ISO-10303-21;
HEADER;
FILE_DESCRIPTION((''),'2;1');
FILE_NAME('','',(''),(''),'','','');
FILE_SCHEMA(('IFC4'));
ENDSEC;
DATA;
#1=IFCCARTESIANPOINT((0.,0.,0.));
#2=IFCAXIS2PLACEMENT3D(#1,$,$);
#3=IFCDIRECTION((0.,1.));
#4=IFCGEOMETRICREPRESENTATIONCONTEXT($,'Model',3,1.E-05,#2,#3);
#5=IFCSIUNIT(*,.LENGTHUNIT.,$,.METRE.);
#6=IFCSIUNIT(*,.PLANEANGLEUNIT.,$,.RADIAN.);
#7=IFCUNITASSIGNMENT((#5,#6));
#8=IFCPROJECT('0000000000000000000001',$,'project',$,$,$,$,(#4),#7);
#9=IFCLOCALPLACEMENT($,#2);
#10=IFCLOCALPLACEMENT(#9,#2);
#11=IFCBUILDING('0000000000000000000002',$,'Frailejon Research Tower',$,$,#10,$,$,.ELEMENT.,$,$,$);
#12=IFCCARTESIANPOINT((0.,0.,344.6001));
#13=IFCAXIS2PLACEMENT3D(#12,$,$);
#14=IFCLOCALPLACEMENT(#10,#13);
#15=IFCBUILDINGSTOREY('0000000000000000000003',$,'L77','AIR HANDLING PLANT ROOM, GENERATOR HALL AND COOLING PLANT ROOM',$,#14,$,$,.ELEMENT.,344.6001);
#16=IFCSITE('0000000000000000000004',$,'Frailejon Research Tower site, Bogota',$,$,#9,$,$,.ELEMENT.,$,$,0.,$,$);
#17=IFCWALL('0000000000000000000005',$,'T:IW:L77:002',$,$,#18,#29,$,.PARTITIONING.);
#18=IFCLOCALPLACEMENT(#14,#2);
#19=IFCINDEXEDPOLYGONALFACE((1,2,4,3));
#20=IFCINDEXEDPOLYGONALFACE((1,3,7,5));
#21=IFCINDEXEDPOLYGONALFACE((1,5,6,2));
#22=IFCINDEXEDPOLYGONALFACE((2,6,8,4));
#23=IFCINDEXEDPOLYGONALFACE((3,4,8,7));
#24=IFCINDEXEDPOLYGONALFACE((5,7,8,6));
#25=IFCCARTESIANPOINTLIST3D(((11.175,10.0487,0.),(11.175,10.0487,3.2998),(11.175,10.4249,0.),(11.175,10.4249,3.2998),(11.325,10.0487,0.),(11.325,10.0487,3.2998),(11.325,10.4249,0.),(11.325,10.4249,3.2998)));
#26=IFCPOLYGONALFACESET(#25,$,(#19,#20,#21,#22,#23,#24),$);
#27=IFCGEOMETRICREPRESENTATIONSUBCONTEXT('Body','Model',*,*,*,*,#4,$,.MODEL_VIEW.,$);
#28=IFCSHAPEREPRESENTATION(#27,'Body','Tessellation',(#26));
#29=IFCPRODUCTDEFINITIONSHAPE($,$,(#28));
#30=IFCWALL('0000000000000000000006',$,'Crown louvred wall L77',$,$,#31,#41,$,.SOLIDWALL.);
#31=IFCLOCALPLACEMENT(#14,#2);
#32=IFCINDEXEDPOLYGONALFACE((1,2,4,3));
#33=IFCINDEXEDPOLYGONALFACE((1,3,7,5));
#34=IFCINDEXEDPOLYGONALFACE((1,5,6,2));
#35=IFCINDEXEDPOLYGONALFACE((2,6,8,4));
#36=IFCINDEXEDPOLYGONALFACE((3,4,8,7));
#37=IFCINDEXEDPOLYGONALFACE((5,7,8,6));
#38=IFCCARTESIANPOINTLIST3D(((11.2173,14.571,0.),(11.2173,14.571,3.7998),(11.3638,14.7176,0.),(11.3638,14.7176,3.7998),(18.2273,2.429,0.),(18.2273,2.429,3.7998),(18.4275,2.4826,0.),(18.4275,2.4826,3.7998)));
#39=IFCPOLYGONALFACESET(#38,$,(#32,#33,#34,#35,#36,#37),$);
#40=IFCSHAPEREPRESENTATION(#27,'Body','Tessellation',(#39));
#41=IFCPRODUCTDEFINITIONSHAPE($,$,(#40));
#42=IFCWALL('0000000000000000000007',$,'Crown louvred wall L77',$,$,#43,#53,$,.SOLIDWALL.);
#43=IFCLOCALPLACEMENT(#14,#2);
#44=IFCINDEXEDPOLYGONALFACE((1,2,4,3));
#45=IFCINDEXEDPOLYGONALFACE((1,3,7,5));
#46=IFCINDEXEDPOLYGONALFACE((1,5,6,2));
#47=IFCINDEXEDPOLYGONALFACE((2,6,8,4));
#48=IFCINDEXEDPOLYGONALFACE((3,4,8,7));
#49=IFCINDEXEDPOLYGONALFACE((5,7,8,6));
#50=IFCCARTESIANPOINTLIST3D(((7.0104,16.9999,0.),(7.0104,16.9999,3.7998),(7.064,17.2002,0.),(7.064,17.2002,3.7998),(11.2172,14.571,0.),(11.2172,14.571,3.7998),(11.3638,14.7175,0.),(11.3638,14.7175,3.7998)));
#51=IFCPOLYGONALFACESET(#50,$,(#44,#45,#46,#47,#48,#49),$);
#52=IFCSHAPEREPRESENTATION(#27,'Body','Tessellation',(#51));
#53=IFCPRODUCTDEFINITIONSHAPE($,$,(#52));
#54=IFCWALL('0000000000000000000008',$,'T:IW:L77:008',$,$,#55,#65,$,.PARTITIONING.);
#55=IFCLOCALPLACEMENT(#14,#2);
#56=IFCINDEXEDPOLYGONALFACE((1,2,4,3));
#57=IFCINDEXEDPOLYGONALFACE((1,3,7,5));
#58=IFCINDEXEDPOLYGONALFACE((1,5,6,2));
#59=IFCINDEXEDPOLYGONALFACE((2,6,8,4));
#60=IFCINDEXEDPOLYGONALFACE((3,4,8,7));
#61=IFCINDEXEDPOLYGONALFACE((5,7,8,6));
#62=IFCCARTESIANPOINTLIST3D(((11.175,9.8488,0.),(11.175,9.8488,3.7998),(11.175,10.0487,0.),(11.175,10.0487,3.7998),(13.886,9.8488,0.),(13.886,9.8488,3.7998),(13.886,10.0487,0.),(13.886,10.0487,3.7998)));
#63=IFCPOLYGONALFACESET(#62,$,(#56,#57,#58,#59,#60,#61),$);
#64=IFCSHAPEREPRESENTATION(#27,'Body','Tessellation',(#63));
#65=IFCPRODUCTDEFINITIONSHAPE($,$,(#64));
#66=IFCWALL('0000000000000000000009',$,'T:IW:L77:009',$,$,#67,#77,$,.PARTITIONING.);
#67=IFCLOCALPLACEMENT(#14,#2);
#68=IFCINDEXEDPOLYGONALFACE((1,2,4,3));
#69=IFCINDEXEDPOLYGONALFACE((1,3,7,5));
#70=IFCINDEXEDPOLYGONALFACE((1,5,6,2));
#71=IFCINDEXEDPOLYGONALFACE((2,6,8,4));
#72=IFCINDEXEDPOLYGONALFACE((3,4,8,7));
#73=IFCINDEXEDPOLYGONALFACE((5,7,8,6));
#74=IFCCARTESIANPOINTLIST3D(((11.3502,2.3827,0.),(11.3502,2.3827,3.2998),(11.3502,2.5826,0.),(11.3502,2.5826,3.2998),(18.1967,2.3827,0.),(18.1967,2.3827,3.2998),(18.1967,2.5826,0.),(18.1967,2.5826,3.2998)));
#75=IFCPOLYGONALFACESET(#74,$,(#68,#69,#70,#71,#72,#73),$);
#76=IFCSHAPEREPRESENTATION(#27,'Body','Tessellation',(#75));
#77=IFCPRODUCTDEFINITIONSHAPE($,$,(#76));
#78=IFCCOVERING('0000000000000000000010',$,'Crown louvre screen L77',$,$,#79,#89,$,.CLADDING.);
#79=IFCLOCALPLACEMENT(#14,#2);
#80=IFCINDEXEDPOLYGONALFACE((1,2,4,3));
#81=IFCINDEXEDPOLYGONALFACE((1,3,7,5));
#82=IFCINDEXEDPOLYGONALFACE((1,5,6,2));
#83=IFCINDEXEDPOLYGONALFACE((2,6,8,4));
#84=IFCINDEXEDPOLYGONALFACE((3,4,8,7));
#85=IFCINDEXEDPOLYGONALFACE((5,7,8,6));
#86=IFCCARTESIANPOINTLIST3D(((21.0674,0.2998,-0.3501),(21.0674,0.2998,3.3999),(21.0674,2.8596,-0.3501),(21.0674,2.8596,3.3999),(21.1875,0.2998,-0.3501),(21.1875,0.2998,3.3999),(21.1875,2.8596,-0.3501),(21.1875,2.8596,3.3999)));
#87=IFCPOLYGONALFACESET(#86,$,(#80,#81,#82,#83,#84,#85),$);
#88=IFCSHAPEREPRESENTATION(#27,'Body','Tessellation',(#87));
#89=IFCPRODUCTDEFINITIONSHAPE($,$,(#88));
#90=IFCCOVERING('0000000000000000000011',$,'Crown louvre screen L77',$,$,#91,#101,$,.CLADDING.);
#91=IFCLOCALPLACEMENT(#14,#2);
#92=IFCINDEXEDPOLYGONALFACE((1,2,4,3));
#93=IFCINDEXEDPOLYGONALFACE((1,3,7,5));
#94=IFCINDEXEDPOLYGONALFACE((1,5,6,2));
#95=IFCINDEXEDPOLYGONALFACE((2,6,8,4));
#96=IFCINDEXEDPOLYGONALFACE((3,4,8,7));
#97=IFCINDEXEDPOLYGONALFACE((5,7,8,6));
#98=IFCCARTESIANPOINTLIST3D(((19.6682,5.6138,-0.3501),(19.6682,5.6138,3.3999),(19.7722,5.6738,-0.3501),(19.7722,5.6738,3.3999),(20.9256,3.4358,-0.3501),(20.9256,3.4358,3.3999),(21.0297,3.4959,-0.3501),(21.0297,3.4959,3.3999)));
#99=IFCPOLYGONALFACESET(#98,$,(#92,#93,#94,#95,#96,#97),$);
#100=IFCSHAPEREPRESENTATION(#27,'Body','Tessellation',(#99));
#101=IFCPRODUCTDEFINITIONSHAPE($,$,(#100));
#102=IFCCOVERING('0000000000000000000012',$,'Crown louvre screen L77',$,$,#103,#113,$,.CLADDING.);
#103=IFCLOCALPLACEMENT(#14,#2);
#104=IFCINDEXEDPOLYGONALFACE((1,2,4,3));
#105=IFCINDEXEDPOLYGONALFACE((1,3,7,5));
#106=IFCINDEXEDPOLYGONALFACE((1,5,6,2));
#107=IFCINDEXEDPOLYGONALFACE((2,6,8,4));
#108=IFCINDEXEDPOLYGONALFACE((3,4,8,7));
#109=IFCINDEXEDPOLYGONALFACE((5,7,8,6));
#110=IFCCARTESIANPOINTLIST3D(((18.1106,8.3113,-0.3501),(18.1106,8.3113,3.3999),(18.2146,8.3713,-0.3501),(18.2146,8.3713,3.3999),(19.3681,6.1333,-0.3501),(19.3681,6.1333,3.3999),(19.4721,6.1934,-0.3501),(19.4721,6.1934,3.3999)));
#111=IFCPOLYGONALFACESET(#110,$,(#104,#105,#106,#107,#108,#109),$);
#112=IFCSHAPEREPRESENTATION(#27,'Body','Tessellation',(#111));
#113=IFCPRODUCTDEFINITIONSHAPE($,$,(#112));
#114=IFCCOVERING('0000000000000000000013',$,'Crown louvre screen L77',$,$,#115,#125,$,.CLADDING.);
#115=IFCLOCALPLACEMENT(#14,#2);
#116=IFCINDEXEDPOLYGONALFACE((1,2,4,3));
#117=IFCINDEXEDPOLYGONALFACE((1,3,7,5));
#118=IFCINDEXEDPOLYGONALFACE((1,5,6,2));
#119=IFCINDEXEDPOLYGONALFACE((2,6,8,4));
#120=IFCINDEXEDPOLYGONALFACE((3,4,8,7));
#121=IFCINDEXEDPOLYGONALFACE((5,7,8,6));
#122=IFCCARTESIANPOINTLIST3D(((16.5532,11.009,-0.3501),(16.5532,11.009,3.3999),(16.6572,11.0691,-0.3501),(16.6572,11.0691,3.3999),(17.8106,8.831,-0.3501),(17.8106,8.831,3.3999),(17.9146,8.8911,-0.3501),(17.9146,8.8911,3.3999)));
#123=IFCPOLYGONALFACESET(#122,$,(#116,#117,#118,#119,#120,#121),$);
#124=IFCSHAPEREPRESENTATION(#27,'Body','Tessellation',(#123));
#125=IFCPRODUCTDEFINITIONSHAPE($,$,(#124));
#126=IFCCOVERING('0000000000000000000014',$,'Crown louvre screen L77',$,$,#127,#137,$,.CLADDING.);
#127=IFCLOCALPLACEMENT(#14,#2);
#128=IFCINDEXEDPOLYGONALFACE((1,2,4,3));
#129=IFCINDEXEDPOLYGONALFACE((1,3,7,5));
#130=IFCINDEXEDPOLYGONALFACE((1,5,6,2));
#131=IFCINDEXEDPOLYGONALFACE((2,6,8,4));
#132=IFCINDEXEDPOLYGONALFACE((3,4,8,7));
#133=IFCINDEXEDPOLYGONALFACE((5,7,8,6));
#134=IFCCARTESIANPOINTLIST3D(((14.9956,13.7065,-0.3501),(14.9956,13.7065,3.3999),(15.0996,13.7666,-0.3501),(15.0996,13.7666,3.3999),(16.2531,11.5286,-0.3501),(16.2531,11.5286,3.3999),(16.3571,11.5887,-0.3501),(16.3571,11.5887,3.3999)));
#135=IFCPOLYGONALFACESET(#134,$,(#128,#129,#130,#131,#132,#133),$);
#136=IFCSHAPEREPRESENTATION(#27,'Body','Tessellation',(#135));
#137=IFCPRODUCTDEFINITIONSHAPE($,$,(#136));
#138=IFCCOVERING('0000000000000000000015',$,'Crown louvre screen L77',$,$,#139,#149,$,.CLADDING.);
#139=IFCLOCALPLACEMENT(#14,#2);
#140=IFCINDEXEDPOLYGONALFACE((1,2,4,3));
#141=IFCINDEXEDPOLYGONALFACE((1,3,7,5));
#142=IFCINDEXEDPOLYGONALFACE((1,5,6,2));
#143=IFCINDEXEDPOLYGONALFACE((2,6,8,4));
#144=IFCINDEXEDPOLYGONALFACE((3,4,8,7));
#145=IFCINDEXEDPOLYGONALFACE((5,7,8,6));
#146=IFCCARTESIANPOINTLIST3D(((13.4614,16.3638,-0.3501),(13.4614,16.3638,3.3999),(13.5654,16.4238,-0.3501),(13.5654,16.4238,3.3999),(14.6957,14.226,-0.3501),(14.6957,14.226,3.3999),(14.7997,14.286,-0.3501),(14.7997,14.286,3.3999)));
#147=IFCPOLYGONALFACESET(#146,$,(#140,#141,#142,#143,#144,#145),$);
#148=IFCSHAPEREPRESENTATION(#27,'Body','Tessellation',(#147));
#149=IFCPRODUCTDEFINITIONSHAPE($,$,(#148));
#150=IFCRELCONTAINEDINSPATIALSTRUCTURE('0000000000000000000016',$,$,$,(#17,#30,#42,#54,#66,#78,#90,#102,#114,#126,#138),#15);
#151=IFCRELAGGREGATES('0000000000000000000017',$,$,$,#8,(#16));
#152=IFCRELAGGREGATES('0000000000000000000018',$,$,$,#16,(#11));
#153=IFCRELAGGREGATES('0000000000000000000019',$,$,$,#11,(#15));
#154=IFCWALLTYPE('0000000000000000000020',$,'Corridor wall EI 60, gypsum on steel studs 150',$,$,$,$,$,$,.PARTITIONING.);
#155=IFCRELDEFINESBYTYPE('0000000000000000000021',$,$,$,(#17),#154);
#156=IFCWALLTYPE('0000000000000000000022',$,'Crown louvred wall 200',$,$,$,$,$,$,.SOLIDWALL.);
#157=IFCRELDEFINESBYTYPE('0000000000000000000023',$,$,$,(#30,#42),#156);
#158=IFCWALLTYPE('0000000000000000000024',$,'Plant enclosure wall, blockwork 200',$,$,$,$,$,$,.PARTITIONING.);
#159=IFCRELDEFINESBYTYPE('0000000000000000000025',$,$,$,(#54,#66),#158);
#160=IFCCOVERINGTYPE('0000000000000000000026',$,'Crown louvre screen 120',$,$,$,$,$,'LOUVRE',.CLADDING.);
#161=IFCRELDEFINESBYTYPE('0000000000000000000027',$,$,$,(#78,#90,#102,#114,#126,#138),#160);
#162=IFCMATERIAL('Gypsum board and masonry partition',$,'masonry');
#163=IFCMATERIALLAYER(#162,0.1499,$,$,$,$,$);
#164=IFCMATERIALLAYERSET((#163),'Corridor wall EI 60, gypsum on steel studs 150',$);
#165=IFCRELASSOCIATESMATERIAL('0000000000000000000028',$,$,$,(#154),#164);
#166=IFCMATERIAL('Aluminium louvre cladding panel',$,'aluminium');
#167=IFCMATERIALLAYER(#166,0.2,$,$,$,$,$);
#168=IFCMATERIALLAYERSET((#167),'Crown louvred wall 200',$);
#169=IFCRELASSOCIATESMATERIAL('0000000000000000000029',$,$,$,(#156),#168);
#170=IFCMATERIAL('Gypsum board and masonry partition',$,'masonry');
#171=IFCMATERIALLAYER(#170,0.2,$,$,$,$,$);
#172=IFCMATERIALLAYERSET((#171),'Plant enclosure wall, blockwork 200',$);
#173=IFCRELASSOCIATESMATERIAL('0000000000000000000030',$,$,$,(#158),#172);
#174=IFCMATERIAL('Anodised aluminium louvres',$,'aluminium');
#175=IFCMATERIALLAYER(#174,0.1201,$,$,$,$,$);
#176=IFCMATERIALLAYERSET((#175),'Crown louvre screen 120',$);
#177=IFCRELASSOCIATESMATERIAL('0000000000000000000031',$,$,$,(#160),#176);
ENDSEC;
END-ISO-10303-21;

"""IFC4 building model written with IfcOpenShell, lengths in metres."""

from ifc_helpers import new_model, si_unit, direction, frame, frame_2d, origin, place, context, subcontext, project, spatial, polyline, rectangle, outline, extrude, material, layer, layer_set, type_object, element, save


model = new_model("IFC4")

# Units and contexts
model_context = context("Model", 3, precision=1e-05, world=origin(), true_north=direction((0.0, 1.0)))
body_context = subcontext(model_context, "Body", "Model", "MODEL_VIEW")
ifc_project = project(units=[si_unit("LENGTHUNIT", "METRE"), si_unit("PLANEANGLEUNIT", "RADIAN")], contexts=[model_context])

# Site, building, storey
site_placement = place(None, origin())
site = spatial("IfcSite", under=ifc_project, at=site_placement, Name="Frailejon Research Tower site, Bogota", CompositionType="ELEMENT", RefElevation=0.0)
building_placement = place(site_placement, origin())
building = spatial("IfcBuilding", under=site, at=building_placement, Name="Frailejon Research Tower", CompositionType="ELEMENT")
storey_placement = place(building_placement, frame((0.0, 0.0, 344.6001)))
storey = spatial("IfcBuildingStorey", under=building, at=storey_placement, Name="L77", Description="AIR HANDLING PLANT ROOM, GENERATOR HALL AND COOLING PLANT ROOM", CompositionType="ELEMENT", Elevation=344.6001)

# Walls
ifc_material_1 = material(Name="Gypsum board and masonry partition", Category="masonry")
ifc_layer_1 = layer(ifc_material_1, 0.1499)
ifc_layer_set_1 = layer_set([ifc_layer_1], Name="Corridor wall EI 60, gypsum on steel studs 150")
wall_type_1 = type_object("IfcWallType", Name="Corridor wall EI 60, gypsum on steel studs 150", PredefinedType="PARTITIONING", material=ifc_layer_set_1)
wall_1_placement = place(storey_placement, frame((11.25, 10.0488, 0.0), z_axis=(0.0, 0.0, 1.0), x_axis=(0.0, 1.0, 0.0)))
element("IfcWall", 1, at=wall_1_placement, inside=storey, type_object=wall_type_1, Name="T:IW:L77:002", PredefinedType="PARTITIONING", context=body_context, shape_type="SweptSolid", body=[
    extrude(rectangle(XDim=0.3762, YDim=0.1499, at=frame_2d((0.188, 0.0))), origin(), (0.0, 0.0, 1.0), 3.2998),
])
ifc_material_2 = material(Name="Aluminium louvre cladding panel", Category="aluminium")
ifc_layer_2 = layer(ifc_material_2, 0.2)
ifc_layer_set_2 = layer_set([ifc_layer_2], Name="Crown louvred wall 200")
wall_type_2 = type_object("IfcWallType", Name="Crown louvred wall 200", PredefinedType="SOLIDWALL", material=ifc_layer_set_2)
wall_2_placement = place(storey_placement, frame((18.3274, 2.4558, 0.0), z_axis=(0.0, 0.0, 1.0), x_axis=(-0.499992, 0.86603, 0.0)))
element("IfcWall", 2, at=wall_2_placement, inside=storey, type_object=wall_type_2, Name="Crown louvred wall L77", PredefinedType="SOLIDWALL", context=body_context, shape_type="SweptSolid", body=[
    extrude(outline(polyline([(-0.0269, -0.1001), (14.1008, -0.1001), (14.0471, 0.1001), (0.0269, 0.1001), (-0.0269, -0.1001)])), origin(), (0.0, 0.0, 1.0), 3.7998),
])
wall_3_placement = place(storey_placement, frame((11.2905, 14.6443, 0.0), z_axis=(0.0, 0.0, 1.0), x_axis=(-0.866017, 0.500015, 0.0)))
element("IfcWall", 3, at=wall_3_placement, inside=storey, type_object=wall_type_2, Name="Crown louvred wall L77", PredefinedType="SOLIDWALL", context=body_context, shape_type="SweptSolid", body=[
    extrude(outline(polyline([(-0.0269, -0.1001), (4.9382, -0.1001), (4.8845, 0.1001), (0.0269, 0.1001), (-0.0269, -0.1001)])), origin(), (0.0, 0.0, 1.0), 3.7998),
])
ifc_material_3 = material(Name="Gypsum board and masonry partition", Category="masonry")
ifc_layer_3 = layer(ifc_material_3, 0.2)
ifc_layer_set_3 = layer_set([ifc_layer_3], Name="Plant enclosure wall, blockwork 200")
wall_type_3 = type_object("IfcWallType", Name="Plant enclosure wall, blockwork 200", PredefinedType="PARTITIONING", material=ifc_layer_set_3)
wall_4_placement = place(storey_placement, frame((11.175, 9.9487, 0.0), z_axis=(0.0, 0.0, 1.0), x_axis=(1.0, 0.0, 0.0)))
element("IfcWall", 4, at=wall_4_placement, inside=storey, type_object=wall_type_3, Name="T:IW:L77:008", PredefinedType="PARTITIONING", context=body_context, shape_type="SweptSolid", body=[
    extrude(rectangle(XDim=2.7109, YDim=0.2, at=frame_2d((1.3555, 0.0))), origin(), (0.0, 0.0, 1.0), 3.7998),
])
wall_5_placement = place(storey_placement, frame((11.3501, 2.4827, 0.0), z_axis=(0.0, 0.0, 1.0), x_axis=(1.0, 0.0, 0.0)))
element("IfcWall", 5, at=wall_5_placement, inside=storey, type_object=wall_type_3, Name="T:IW:L77:009", PredefinedType="PARTITIONING", context=body_context, shape_type="SweptSolid", body=[
    extrude(rectangle(XDim=6.8464, YDim=0.2, at=frame_2d((3.4233, 0.0))), origin(), (0.0, 0.0, 1.0), 3.2998),
])

# Coverings
ifc_material_4 = material(Name="Anodised aluminium louvres", Category="aluminium")
ifc_layer_4 = layer(ifc_material_4, 0.1201)
ifc_layer_set_4 = layer_set([ifc_layer_4], Name="Crown louvre screen 120")
covering_type = type_object("IfcCoveringType", Name="Crown louvre screen 120", ElementType="LOUVRE", PredefinedType="CLADDING", material=ifc_layer_set_4)
covering_1_placement = place(storey_placement, frame((21.1274, 2.8596, -0.3501), z_axis=(0.0, -1.0, 0.0), x_axis=(1.0, 0.0, 0.0)))
element("IfcCovering", 6, at=covering_1_placement, inside=storey, type_object=covering_type, Name="Crown louvre screen L77", PredefinedType="CLADDING", context=body_context, shape_type="SweptSolid", body=[
    extrude(outline(polyline([(-0.0601, 0.0), (0.0601, 0.0), (0.0601, 3.75), (-0.0601, 3.75), (-0.0601, 0.0)])), origin(), (0.0, 0.0, 1.0), 2.5598),
])
for number, where, z_axis, x_axis, name in (
    (7, (19.7202, 5.6438, -0.3501), (0.499997, -0.866027, 0.0), (0.866027, 0.499997, 0.0), "Crown louvre screen L77"),
    (8, (18.1626, 8.3413, -0.3501), (0.500009, -0.86602, 0.0), (0.86602, 0.500009, 0.0), "Crown louvre screen L77"),
    (9, (16.6052, 11.0391, -0.3501), (0.499979, -0.866037, 0.0), (0.866037, 0.499979, 0.0), "Crown louvre screen L77"),
    (10, (15.0476, 13.7366, -0.3501), (0.500009, -0.86602, 0.0), (0.86602, 0.500009, 0.0), "Crown louvre screen L77"),
):
    element("IfcCovering", number, at=place(storey_placement, frame(where, z_axis=z_axis, x_axis=x_axis)), inside=storey, type_object=covering_type, Name=name, PredefinedType="CLADDING", context=body_context, shape_type="SweptSolid", body=[
        extrude(outline(polyline([(-0.0601, 0.0), (0.0601, 0.0), (0.0601, 3.75), (-0.0601, 3.75), (-0.0601, 0.0)])), origin(), (0.0, 0.0, 1.0), 2.5149),
    ])
covering_2_placement = place(storey_placement, frame((13.5134, 16.3938, -0.3501), z_axis=(0.499999, -0.866026, 0.0), x_axis=(0.866026, 0.499999, 0.0)))
element("IfcCovering", 11, at=covering_2_placement, inside=storey, type_object=covering_type, Name="Crown louvre screen L77", PredefinedType="CLADDING", context=body_context, shape_type="SweptSolid", body=[
    extrude(outline(polyline([(-0.0601, 0.0), (0.0601, 0.0), (0.0601, 3.75), (-0.0601, 3.75), (-0.0601, 0.0)])), origin(), (0.0, 0.0, 1.0), 2.4685),
])

save(model, "model.ifc")
